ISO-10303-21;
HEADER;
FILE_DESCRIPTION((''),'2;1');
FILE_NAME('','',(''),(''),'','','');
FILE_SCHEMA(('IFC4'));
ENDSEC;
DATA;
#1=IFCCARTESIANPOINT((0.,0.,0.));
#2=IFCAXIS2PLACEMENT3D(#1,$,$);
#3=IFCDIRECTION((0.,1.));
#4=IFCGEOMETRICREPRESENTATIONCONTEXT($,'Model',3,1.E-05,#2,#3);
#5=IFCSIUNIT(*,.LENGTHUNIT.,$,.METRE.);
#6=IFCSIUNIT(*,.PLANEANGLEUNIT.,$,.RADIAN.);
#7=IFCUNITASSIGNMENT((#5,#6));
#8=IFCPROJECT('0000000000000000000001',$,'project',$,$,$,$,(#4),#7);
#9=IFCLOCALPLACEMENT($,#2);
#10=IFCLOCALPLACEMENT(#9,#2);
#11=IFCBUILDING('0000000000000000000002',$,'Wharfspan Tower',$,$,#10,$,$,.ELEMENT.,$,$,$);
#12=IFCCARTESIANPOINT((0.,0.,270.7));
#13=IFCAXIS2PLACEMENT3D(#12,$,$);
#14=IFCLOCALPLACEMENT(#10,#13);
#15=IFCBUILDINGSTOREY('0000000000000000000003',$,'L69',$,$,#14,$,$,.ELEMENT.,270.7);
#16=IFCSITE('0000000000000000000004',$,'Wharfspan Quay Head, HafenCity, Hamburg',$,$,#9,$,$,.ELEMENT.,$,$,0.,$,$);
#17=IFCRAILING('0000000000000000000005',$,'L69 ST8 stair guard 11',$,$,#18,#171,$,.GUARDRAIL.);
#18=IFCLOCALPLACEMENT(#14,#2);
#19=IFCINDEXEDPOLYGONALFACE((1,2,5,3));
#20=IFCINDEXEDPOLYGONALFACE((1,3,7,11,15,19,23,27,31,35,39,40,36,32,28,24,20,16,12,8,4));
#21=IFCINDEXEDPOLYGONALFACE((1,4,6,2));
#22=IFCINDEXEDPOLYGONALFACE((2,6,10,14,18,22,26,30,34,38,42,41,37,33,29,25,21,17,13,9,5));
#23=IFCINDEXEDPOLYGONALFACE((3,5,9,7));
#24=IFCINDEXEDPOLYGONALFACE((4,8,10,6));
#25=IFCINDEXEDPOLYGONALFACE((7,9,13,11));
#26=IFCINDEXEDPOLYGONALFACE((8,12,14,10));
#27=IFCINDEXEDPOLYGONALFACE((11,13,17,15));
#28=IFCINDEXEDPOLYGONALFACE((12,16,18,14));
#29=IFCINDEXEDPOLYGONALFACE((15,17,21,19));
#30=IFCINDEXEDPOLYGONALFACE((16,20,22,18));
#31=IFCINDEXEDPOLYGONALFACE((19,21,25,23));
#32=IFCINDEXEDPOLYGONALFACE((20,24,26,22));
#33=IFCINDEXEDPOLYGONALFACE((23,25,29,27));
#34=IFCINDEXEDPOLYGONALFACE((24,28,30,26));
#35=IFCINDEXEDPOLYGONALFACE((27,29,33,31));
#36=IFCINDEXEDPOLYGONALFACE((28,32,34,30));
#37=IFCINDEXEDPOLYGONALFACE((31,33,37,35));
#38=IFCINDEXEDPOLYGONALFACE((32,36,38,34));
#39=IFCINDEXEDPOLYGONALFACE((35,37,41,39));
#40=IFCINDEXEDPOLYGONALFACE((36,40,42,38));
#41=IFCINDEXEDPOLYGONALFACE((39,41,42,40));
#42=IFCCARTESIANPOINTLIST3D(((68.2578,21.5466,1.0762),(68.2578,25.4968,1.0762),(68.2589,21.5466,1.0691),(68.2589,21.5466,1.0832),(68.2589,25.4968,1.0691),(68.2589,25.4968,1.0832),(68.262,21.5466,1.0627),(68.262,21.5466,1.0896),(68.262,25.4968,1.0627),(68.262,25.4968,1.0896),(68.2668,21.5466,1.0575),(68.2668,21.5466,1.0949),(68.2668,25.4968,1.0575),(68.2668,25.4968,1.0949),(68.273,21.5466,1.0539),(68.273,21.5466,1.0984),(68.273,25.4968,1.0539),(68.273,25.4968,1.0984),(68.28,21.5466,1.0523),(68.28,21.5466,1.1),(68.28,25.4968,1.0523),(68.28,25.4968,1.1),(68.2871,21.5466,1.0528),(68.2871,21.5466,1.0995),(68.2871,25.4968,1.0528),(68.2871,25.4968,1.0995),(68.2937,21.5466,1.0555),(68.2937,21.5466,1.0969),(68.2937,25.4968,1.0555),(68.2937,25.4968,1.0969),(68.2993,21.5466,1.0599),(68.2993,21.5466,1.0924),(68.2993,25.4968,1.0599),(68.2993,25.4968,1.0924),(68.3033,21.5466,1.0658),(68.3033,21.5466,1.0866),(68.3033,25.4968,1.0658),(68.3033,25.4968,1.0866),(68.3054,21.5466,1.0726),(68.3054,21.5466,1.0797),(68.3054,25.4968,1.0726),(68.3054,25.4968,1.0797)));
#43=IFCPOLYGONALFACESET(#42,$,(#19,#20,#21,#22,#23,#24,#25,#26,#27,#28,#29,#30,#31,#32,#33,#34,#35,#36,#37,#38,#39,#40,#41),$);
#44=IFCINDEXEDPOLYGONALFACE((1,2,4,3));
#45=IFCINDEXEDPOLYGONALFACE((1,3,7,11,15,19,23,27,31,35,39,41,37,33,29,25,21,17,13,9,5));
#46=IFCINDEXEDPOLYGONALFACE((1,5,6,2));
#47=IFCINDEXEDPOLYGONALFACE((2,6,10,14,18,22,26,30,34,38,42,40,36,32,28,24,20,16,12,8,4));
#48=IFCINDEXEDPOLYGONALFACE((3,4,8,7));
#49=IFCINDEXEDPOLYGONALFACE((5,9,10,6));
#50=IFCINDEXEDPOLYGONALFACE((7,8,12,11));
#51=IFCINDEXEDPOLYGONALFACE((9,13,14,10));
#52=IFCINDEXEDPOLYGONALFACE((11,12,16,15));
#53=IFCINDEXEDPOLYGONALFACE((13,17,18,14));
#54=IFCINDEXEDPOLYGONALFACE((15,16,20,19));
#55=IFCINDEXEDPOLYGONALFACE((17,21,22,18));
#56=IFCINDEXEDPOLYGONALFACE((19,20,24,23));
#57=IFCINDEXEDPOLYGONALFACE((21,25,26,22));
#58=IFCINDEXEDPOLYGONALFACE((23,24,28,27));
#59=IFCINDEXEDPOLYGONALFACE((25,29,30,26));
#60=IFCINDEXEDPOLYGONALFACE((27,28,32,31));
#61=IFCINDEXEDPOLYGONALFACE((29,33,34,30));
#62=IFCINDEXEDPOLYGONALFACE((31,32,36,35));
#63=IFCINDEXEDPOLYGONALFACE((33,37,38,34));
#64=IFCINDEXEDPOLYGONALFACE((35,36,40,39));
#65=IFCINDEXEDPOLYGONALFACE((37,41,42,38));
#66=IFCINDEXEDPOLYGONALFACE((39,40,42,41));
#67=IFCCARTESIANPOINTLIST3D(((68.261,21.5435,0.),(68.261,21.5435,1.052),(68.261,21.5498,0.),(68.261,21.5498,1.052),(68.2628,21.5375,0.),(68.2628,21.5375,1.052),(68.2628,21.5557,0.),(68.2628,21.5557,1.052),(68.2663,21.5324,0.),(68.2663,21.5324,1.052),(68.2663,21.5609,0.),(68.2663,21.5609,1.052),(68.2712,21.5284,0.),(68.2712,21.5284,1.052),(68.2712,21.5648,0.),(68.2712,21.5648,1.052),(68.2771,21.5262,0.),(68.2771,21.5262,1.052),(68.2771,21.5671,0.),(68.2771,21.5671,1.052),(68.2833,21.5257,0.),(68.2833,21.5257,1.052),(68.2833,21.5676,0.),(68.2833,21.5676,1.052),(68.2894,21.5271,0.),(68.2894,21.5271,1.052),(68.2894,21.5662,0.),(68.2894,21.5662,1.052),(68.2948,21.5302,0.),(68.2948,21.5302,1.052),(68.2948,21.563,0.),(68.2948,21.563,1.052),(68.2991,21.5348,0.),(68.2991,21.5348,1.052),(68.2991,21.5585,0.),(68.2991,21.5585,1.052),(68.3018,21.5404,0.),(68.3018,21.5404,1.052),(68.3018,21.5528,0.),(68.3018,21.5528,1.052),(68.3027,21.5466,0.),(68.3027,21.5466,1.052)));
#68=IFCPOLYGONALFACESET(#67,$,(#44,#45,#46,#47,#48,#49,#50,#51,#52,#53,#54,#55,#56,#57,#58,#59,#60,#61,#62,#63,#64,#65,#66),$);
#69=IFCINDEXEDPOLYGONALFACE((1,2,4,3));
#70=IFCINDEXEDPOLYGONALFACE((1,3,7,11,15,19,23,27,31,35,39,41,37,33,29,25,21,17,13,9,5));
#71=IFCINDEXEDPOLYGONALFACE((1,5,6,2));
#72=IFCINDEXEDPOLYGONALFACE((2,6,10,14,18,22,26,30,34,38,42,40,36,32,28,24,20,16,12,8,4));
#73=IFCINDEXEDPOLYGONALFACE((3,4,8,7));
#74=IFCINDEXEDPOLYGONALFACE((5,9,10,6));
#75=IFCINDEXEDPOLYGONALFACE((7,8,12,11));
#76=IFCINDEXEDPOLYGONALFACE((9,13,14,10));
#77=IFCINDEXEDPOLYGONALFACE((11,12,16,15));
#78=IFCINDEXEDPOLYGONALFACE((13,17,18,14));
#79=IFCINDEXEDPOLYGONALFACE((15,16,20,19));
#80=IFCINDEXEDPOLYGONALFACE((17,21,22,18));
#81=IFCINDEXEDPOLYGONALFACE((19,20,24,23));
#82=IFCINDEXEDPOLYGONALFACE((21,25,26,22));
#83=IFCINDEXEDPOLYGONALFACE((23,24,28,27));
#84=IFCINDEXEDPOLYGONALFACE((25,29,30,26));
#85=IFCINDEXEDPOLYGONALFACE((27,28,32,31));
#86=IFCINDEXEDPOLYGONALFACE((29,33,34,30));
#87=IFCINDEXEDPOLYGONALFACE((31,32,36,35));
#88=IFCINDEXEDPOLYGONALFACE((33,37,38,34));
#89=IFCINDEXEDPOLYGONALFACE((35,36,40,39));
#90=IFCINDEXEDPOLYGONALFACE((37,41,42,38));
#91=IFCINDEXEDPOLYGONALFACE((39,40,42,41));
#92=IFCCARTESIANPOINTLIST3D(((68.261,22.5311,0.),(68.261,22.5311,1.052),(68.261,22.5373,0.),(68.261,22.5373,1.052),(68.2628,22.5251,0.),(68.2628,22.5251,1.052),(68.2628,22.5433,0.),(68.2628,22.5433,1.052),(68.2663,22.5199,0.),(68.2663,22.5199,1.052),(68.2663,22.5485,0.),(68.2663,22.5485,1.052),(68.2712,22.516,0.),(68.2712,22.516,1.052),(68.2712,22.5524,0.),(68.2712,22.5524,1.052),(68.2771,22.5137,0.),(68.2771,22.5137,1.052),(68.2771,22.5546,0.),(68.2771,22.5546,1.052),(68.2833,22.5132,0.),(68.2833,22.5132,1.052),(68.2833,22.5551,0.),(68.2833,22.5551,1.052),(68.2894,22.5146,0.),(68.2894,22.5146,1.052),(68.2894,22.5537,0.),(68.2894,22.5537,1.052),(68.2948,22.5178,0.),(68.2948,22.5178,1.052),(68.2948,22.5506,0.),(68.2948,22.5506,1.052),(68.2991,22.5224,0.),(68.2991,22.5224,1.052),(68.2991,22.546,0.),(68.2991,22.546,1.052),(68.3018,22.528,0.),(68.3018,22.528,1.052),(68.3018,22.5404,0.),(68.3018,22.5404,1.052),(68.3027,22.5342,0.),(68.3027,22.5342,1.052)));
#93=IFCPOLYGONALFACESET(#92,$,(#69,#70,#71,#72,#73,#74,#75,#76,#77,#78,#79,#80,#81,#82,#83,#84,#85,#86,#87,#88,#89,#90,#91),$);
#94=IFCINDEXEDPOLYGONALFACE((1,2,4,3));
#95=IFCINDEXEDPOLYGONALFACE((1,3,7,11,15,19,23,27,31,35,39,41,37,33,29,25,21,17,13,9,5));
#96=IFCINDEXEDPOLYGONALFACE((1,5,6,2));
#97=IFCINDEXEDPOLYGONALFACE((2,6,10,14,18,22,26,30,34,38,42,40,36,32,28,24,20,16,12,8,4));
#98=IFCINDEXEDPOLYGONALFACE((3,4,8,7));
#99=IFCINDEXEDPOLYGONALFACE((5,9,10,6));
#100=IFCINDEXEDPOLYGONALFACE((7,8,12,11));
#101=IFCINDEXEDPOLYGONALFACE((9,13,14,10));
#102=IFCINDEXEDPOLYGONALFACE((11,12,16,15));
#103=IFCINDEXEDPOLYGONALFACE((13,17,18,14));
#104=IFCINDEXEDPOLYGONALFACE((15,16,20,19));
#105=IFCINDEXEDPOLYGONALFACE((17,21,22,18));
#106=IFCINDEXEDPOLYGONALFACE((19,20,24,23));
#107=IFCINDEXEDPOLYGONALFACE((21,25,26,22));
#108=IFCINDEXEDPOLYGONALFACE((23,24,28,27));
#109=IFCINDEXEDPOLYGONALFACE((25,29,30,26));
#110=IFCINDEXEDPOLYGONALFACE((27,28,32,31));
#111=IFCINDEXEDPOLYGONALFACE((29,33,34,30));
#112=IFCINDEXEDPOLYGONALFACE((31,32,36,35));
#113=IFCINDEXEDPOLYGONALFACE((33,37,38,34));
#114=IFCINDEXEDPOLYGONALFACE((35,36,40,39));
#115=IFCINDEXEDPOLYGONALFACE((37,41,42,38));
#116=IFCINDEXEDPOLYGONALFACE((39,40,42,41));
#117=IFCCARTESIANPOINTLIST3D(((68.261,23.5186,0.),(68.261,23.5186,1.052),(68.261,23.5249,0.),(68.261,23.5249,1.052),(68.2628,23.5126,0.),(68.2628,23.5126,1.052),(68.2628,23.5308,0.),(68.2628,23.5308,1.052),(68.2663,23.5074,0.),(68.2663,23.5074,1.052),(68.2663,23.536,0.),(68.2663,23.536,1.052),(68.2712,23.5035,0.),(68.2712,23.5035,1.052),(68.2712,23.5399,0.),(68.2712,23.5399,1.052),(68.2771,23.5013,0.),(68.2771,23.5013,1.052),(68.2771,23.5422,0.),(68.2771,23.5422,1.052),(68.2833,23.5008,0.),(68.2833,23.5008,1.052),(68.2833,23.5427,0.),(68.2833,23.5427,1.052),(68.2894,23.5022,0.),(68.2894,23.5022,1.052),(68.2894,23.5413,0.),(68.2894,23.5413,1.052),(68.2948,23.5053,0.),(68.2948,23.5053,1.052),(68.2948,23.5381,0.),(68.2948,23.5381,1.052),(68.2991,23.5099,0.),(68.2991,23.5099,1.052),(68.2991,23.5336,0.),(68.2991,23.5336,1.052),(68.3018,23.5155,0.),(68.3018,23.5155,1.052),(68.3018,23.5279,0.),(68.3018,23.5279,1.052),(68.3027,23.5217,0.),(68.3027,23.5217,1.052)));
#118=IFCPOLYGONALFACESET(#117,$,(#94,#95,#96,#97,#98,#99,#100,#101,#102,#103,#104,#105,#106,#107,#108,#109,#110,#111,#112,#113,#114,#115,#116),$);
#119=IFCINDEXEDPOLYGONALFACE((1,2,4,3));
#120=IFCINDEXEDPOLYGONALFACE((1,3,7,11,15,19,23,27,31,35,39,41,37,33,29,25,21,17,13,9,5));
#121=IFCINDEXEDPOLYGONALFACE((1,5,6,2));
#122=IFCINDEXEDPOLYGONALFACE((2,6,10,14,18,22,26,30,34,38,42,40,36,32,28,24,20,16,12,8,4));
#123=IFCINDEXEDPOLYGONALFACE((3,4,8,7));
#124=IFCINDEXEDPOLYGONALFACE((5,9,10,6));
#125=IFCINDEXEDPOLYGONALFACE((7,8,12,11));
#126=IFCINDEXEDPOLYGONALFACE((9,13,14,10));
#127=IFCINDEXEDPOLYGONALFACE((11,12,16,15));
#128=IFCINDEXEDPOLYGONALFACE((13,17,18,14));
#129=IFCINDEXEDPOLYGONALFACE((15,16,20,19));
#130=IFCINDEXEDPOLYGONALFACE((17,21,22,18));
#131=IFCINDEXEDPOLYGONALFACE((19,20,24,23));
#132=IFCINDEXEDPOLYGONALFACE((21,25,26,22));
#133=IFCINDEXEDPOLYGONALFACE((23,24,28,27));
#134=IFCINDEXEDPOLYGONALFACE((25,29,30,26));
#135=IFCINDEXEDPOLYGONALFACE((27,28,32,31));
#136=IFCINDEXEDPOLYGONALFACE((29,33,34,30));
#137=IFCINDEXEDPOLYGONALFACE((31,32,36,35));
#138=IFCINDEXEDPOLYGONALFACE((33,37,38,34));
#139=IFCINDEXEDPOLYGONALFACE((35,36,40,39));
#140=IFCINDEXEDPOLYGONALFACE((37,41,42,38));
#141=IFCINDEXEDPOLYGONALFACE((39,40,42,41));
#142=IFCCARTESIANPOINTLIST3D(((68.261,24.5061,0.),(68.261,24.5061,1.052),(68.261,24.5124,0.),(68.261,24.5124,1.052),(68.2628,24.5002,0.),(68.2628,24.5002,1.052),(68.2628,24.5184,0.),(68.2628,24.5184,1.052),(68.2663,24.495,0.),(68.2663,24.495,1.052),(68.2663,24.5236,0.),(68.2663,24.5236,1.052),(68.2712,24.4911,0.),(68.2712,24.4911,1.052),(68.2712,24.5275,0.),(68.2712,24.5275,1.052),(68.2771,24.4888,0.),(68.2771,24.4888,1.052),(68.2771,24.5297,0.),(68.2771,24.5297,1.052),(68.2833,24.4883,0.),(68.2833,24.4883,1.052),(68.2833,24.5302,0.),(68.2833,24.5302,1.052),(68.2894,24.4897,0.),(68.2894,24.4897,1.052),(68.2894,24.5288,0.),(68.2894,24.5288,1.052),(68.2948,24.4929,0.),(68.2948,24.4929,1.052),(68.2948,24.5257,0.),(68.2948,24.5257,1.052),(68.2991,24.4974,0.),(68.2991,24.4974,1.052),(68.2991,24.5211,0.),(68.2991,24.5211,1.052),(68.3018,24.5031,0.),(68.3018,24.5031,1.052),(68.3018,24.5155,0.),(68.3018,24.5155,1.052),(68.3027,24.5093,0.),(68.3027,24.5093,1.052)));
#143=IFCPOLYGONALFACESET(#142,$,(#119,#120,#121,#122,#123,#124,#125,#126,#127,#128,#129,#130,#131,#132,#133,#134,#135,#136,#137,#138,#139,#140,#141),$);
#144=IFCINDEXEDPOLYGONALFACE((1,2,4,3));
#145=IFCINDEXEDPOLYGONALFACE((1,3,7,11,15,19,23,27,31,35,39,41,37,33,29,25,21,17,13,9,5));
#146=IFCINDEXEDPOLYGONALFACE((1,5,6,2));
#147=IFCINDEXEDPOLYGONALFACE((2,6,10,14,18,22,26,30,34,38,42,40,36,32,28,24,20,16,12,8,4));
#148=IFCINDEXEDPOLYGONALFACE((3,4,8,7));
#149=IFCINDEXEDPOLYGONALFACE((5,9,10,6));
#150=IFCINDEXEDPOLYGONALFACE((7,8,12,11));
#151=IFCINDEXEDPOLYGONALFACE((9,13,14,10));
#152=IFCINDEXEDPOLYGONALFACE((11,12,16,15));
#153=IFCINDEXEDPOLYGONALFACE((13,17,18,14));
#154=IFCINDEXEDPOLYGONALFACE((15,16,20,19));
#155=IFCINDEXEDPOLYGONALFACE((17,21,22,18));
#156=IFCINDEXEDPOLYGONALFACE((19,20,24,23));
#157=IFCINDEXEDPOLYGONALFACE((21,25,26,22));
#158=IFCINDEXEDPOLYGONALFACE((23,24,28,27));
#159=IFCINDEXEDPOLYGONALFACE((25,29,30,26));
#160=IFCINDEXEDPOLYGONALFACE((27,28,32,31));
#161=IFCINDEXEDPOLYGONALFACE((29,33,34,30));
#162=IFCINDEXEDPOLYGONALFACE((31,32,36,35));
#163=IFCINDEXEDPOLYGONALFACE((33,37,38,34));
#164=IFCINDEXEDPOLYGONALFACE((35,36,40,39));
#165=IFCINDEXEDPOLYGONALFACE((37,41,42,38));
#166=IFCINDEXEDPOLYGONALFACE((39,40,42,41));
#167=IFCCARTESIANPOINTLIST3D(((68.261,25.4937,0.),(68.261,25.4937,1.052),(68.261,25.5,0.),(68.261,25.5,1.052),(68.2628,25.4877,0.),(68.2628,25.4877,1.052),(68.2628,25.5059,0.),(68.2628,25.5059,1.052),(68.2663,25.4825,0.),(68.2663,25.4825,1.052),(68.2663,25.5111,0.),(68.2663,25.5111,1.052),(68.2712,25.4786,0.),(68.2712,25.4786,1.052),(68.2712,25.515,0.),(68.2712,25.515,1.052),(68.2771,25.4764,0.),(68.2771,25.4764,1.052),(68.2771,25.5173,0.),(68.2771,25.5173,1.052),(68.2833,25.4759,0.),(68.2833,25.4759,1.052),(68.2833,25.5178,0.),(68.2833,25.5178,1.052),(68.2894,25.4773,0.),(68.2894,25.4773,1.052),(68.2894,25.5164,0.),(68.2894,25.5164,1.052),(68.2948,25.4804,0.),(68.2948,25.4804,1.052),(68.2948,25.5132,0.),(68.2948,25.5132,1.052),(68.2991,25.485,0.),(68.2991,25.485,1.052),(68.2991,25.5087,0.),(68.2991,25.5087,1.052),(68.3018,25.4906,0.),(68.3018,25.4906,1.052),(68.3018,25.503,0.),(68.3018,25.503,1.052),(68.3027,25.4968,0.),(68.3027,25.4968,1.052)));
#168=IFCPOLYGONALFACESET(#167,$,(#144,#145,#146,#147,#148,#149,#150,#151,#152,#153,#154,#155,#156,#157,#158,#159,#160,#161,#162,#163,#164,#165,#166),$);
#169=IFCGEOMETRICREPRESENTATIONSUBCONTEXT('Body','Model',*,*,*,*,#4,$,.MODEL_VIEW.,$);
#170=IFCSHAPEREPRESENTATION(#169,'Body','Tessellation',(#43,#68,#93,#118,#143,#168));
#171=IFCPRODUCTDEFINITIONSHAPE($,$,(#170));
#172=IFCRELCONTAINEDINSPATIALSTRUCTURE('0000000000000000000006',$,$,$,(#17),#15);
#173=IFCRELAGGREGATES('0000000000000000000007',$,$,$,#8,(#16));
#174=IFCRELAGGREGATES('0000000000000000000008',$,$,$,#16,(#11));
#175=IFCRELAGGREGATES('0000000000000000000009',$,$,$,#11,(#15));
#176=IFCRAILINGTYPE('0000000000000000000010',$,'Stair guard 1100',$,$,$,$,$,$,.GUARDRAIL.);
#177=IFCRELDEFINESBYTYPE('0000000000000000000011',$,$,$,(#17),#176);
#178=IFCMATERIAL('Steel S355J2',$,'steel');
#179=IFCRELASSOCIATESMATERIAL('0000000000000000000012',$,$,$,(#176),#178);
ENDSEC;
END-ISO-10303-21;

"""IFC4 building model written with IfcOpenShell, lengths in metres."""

from ifc_helpers import new_model, si_unit, direction, frame, origin, origin_2d, place, context, subcontext, project, spatial, circle, extrude, material, type_object, element, save


model = new_model("IFC4")

# Units and contexts
model_context = context("Model", 3, precision=1e-05, world=origin(), true_north=direction((0.0, 1.0)))
body_context = subcontext(model_context, "Body", "Model", "MODEL_VIEW")
ifc_project = project(units=[si_unit("LENGTHUNIT", "METRE"), si_unit("PLANEANGLEUNIT", "RADIAN")], contexts=[model_context])

# Site, building, storey
site_placement = place(None, origin())
site = spatial("IfcSite", under=ifc_project, at=site_placement, Name="Wharfspan Quay Head, HafenCity, Hamburg", CompositionType="ELEMENT", RefElevation=0.0)
building_placement = place(site_placement, origin())
building = spatial("IfcBuilding", under=site, at=building_placement, Name="Wharfspan Tower", CompositionType="ELEMENT")
storey_placement = place(building_placement, frame((0.0, 0.0, 270.7)))
storey = spatial("IfcBuildingStorey", under=building, at=storey_placement, Name="L69", CompositionType="ELEMENT", Elevation=270.7)

# Shared definitions
ifc_material_1 = material(Name="Steel S355J2", Category="steel")

# Railing
railing_type_1 = type_object("IfcRailingType", Name="Stair guard 1100", PredefinedType="GUARDRAIL", material=ifc_material_1)
railing_1_placement = place(storey_placement, frame((68.2817, 21.5466, 0.0)))
element("IfcRailing", 1, at=railing_1_placement, inside=storey, type_object=railing_type_1, Name="L69 ST8 stair guard 11", PredefinedType="GUARDRAIL", context=body_context, shape_type="SweptSolid", body=[
    extrude(circle(Radius=0.0239, at=origin_2d()), frame((0.0, 0.0, 1.0762), z_axis=(0.0, 1.0, 0.0), x_axis=(-1.0, 0.0, 0.0)), (0.0, 0.0, 1.0), 3.9502),
    extrude(circle(Radius=0.021, at=origin_2d()), origin(), (0.0, 0.0, 1.0), 1.052),
    extrude(circle(Radius=0.021, at=origin_2d()), frame((0.0, 0.9875, 0.0)), (0.0, 0.0, 1.0), 1.052),
    extrude(circle(Radius=0.021, at=origin_2d()), frame((0.0, 1.9751, 0.0)), (0.0, 0.0, 1.0), 1.052),
    extrude(circle(Radius=0.021, at=origin_2d()), frame((0.0, 2.9626, 0.0)), (0.0, 0.0, 1.0), 1.052),
    extrude(circle(Radius=0.021, at=origin_2d()), frame((0.0, 3.9502, 0.0)), (0.0, 0.0, 1.0), 1.052),
])

save(model, "model.ifc")
